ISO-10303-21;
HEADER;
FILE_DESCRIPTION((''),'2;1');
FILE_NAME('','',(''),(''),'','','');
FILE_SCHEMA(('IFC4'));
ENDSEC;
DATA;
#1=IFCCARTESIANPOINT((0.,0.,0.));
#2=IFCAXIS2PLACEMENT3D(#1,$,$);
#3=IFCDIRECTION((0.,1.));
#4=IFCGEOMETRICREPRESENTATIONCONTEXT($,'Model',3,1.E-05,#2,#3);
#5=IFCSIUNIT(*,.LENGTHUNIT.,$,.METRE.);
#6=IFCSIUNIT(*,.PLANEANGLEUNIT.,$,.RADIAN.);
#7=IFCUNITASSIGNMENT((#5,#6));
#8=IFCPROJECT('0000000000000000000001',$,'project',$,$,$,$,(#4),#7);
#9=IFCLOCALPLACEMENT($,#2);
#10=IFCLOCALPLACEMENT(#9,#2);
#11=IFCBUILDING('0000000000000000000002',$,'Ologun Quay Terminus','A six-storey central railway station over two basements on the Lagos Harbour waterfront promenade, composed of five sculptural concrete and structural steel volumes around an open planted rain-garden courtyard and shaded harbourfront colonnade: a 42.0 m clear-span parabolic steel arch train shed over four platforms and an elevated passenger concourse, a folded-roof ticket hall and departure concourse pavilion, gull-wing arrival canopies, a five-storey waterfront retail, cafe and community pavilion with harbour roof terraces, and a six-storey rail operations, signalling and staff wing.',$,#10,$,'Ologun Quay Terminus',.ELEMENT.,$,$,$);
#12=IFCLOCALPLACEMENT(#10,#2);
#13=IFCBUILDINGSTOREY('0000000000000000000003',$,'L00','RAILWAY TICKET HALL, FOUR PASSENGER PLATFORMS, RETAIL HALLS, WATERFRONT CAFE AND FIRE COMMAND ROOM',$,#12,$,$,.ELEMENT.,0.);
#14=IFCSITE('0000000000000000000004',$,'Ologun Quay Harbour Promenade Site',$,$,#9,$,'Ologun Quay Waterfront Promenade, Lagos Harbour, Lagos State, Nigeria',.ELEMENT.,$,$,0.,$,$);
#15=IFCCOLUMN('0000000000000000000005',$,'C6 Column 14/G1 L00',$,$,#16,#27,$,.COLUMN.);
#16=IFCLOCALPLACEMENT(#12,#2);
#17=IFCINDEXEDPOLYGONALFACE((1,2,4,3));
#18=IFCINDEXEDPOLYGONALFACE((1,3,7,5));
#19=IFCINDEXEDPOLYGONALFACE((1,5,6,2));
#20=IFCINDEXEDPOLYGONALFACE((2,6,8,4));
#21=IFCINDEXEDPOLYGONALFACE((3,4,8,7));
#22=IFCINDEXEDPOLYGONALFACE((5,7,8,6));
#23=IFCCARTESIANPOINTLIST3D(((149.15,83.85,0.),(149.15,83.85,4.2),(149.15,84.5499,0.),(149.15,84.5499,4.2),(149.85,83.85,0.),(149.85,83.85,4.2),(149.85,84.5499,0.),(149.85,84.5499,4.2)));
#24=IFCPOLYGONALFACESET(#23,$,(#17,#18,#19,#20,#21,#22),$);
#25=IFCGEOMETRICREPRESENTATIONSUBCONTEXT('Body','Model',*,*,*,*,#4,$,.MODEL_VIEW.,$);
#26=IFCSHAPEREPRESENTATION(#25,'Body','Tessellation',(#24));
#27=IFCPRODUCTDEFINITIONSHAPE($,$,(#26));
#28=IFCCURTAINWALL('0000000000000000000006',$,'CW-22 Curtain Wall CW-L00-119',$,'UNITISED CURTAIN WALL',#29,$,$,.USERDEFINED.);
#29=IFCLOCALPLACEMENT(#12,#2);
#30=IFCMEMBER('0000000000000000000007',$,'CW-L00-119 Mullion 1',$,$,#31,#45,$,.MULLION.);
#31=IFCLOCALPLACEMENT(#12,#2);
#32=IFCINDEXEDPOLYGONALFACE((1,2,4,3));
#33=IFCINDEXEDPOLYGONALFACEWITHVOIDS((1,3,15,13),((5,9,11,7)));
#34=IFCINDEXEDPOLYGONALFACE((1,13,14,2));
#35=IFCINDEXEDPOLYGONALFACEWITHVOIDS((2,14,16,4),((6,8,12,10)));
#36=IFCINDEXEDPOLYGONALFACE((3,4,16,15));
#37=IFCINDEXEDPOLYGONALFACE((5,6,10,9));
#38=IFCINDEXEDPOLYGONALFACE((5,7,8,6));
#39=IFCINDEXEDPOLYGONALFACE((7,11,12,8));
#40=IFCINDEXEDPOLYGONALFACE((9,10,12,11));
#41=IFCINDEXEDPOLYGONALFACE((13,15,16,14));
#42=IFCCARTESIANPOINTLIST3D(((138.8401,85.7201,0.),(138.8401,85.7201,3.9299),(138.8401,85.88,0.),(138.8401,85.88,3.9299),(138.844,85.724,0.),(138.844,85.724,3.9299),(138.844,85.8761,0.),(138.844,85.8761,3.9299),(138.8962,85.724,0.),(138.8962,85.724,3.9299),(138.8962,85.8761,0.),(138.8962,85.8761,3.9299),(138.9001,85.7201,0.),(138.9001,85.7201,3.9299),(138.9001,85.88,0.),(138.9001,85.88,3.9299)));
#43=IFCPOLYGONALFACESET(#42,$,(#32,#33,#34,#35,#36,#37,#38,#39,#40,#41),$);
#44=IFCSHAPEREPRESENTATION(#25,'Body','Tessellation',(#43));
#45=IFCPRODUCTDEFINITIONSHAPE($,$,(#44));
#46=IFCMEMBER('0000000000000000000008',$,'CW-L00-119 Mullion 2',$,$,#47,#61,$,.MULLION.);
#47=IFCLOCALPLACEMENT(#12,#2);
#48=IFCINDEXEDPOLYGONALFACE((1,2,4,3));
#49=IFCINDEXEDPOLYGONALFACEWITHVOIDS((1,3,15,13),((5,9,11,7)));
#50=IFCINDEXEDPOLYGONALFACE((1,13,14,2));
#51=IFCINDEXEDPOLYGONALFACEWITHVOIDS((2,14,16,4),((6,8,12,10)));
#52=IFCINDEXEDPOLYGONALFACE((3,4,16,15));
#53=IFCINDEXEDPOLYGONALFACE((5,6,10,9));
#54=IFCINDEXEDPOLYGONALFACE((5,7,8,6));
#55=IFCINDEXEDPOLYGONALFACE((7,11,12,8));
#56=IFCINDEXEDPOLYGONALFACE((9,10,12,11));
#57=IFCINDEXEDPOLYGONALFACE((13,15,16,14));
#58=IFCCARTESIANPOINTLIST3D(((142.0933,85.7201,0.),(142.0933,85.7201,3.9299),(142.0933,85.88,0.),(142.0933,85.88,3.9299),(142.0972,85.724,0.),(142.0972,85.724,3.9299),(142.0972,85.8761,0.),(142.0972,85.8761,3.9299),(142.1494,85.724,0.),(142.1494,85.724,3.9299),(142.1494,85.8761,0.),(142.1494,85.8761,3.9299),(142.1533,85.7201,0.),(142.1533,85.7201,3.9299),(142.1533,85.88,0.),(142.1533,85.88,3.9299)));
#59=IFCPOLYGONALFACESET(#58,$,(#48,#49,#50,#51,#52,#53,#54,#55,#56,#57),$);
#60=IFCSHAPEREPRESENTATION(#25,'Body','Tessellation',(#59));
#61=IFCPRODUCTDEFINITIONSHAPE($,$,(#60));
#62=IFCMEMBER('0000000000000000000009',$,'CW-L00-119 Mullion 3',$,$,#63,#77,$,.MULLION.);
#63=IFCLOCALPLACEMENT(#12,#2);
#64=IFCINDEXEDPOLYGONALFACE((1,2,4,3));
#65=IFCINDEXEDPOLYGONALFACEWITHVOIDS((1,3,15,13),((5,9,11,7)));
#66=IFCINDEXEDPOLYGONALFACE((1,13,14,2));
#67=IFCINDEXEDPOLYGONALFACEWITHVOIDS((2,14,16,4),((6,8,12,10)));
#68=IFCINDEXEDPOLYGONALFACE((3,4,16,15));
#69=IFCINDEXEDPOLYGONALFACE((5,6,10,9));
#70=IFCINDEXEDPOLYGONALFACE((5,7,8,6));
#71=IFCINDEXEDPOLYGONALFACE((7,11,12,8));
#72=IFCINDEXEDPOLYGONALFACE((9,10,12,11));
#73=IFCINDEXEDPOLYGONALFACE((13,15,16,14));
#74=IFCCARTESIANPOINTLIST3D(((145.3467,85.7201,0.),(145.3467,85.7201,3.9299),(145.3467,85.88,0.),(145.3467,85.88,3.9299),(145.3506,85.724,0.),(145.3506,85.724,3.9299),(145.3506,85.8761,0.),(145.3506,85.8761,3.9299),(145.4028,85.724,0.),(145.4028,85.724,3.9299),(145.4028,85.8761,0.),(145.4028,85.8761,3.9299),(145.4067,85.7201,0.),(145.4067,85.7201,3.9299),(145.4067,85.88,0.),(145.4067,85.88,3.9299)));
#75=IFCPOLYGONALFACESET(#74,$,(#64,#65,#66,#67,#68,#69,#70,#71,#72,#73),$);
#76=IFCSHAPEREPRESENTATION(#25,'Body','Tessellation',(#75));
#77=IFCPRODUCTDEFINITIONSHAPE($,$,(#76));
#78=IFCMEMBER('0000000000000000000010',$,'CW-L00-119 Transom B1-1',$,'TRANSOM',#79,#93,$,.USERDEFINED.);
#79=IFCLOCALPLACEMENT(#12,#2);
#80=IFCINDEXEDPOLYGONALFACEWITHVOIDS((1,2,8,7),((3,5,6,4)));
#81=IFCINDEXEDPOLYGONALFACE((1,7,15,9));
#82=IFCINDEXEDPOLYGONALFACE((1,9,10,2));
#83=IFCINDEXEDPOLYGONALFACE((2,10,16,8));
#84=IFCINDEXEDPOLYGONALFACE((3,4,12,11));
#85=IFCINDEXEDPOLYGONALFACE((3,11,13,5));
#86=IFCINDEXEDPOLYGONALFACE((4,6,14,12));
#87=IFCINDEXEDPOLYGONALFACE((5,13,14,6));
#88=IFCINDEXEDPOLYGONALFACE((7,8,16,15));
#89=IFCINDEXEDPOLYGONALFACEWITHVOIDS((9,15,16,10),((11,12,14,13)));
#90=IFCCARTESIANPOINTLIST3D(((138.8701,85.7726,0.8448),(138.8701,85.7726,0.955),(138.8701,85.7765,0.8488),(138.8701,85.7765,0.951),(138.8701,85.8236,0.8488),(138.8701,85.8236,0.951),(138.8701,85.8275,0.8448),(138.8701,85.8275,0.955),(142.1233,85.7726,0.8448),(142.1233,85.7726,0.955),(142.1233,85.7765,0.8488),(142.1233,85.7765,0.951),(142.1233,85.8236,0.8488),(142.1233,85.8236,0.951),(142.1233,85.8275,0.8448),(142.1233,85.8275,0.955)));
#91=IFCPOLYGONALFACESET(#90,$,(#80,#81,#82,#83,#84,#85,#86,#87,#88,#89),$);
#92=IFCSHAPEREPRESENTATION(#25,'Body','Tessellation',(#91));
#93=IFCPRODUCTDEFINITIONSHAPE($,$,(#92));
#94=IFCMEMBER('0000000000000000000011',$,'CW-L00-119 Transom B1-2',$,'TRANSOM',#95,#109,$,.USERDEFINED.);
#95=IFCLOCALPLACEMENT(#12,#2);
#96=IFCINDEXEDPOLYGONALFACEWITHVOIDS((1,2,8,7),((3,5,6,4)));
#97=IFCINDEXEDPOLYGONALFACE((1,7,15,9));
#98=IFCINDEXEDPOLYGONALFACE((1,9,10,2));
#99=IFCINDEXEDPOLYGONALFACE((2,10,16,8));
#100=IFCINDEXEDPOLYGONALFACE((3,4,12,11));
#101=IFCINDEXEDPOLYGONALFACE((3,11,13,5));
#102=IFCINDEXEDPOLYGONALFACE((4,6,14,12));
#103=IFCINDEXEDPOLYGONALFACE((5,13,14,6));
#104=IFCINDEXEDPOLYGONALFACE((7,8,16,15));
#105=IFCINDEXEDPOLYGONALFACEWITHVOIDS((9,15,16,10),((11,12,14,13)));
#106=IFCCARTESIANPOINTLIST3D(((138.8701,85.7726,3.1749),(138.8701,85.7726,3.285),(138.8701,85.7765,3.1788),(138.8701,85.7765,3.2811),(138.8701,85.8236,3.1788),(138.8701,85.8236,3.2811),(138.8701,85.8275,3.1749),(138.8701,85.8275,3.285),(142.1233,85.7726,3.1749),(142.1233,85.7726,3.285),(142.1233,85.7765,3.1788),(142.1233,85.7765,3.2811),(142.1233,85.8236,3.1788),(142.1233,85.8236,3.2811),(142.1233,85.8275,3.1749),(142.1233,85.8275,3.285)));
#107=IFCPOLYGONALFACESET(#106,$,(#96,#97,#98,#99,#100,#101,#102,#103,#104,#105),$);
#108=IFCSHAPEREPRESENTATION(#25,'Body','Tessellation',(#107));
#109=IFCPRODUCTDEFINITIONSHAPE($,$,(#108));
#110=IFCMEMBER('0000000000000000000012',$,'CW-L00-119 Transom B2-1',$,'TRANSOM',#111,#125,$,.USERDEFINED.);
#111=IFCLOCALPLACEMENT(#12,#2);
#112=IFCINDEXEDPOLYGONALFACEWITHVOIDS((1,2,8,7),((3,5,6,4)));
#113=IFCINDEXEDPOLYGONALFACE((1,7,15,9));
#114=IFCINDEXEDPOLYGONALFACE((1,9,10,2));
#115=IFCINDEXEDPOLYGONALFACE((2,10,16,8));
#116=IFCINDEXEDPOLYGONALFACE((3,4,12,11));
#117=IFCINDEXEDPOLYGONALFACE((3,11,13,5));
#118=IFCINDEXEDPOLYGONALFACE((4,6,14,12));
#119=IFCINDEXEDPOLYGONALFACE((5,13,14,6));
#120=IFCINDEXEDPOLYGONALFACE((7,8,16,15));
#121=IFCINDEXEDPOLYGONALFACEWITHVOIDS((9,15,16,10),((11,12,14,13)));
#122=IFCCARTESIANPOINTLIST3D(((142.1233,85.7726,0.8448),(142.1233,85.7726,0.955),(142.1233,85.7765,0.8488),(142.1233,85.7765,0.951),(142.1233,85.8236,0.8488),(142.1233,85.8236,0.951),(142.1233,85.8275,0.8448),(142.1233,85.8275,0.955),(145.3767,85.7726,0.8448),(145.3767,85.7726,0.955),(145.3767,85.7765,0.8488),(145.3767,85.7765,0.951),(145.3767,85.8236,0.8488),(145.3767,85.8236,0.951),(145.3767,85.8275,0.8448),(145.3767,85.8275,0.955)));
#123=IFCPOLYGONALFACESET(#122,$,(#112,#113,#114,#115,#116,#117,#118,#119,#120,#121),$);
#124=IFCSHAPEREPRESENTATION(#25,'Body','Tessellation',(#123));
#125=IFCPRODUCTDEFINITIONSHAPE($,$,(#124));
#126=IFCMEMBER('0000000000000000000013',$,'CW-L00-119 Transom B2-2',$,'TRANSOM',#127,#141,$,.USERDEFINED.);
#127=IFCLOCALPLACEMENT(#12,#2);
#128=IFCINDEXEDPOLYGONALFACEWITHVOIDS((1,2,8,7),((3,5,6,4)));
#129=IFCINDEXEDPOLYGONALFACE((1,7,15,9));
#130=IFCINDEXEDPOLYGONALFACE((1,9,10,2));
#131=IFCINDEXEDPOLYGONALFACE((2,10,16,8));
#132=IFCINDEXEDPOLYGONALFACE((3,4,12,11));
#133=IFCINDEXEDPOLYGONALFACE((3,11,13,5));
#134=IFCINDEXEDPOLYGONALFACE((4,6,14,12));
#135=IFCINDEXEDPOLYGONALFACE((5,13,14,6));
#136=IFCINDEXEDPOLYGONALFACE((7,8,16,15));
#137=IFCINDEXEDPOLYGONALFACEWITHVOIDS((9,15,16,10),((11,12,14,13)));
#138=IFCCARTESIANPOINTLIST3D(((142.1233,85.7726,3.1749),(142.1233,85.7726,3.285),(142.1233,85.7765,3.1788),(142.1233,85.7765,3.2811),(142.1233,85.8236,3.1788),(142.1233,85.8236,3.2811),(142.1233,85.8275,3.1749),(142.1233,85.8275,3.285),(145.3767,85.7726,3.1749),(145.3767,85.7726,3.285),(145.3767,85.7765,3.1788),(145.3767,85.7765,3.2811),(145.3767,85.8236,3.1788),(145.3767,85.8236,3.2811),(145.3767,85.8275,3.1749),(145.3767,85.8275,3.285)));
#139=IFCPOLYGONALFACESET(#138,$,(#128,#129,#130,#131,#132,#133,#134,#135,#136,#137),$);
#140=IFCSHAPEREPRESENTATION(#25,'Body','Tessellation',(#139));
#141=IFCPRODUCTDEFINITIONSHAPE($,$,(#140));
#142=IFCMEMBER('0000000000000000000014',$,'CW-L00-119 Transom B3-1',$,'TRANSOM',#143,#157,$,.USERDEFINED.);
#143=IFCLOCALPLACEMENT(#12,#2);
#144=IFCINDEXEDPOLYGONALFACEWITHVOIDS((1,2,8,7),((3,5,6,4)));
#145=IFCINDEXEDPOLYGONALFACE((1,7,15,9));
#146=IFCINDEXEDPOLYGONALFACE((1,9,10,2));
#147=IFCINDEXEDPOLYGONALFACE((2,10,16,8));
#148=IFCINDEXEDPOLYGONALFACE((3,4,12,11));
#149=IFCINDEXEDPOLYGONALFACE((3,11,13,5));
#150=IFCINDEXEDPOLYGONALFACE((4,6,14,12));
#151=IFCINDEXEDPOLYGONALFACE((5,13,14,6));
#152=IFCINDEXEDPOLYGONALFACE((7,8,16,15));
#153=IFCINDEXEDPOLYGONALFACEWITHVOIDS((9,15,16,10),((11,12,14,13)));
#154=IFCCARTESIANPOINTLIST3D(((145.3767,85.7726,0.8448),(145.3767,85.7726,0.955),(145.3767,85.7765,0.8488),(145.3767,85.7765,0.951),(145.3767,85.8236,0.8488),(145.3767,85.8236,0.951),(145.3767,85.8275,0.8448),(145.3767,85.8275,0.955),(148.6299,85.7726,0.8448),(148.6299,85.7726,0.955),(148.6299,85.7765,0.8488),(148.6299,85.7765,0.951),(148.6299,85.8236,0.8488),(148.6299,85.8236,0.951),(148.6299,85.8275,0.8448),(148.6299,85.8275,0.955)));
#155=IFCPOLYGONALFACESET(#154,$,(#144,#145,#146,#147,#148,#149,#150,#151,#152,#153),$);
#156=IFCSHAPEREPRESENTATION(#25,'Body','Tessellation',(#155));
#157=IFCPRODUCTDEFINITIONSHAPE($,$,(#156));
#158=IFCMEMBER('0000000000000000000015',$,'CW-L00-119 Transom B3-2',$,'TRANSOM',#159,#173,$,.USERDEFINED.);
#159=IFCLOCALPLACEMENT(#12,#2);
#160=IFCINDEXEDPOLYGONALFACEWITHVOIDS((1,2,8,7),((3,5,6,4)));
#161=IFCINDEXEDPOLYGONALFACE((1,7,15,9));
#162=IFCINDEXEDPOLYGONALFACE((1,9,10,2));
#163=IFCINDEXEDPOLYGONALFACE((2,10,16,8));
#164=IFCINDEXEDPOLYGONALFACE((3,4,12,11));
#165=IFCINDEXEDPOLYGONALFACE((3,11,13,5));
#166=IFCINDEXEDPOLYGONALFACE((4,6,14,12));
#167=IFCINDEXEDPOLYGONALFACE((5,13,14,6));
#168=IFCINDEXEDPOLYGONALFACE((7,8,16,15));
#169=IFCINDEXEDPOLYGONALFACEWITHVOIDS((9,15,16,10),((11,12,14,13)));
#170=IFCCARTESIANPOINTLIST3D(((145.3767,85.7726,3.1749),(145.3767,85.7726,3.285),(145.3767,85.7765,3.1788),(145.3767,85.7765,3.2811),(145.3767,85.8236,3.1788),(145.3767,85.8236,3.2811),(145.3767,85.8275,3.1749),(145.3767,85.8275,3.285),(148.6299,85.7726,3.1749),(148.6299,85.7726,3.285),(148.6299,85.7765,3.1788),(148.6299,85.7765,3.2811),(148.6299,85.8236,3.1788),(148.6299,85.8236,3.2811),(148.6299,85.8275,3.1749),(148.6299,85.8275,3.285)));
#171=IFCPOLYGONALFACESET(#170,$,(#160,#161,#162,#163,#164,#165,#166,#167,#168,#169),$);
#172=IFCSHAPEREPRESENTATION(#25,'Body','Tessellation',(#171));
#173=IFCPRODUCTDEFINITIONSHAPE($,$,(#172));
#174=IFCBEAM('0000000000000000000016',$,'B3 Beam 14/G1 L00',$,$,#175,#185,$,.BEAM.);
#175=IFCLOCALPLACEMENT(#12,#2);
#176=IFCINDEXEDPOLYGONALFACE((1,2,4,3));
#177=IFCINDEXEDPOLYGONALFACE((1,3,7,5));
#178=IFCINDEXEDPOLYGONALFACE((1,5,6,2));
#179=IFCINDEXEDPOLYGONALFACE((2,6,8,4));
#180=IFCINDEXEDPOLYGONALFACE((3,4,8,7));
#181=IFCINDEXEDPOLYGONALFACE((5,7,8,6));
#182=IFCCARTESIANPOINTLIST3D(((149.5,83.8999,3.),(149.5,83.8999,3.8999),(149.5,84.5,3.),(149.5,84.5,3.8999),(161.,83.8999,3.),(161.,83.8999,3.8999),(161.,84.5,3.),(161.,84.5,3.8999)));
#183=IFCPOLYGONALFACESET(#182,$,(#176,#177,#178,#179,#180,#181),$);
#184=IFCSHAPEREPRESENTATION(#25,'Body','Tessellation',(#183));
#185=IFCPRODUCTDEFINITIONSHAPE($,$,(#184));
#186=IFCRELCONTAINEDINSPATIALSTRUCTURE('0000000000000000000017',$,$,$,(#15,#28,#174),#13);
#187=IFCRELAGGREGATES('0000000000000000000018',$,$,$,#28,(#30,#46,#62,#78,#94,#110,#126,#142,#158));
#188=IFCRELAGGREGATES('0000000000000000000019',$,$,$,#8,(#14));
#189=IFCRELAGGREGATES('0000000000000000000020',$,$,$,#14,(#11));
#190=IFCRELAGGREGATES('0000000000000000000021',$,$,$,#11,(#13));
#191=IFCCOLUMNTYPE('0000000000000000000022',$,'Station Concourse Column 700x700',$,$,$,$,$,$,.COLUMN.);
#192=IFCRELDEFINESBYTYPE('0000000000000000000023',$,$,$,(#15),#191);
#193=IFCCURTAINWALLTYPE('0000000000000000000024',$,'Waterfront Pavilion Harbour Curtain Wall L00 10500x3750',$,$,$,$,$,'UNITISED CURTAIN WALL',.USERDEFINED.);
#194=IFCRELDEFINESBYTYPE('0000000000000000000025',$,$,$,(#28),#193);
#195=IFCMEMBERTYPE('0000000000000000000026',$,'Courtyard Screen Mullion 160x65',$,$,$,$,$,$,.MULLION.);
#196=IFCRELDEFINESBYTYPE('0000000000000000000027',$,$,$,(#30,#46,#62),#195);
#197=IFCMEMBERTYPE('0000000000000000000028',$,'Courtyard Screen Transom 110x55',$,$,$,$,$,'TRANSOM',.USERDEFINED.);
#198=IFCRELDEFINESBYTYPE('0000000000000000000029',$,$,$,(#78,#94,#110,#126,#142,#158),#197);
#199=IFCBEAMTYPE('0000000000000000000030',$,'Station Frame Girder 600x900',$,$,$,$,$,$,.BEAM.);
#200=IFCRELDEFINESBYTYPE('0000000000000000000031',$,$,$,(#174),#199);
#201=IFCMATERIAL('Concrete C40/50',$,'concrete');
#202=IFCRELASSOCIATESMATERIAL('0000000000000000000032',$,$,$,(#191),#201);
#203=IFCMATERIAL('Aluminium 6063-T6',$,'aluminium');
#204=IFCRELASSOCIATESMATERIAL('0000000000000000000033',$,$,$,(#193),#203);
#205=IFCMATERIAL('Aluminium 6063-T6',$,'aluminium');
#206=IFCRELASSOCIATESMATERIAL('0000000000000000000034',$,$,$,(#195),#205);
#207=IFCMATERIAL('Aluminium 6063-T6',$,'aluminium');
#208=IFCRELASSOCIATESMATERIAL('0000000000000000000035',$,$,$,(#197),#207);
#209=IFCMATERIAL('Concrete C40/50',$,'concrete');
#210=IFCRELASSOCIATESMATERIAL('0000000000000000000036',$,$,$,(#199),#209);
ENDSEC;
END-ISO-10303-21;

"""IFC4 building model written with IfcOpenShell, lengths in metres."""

from ifc_helpers import new_model, si_unit, direction, frame, origin, origin_2d, place, context, subcontext, project, spatial, rectangle, hollow_rectangle, extrude, material, material_profile, profile_set, type_object, element, aggregate, save


model = new_model("IFC4")

# Units and contexts
model_context = context("Model", 3, precision=1e-05, world=origin(), true_north=direction((0.0, 1.0)))
body_context = subcontext(model_context, "Body", "Model", "MODEL_VIEW")
ifc_project = project(units=[si_unit("LENGTHUNIT", "METRE"), si_unit("PLANEANGLEUNIT", "RADIAN")], contexts=[model_context])

# Site, building, storey
site_placement = place(None, origin())
site = spatial("IfcSite", under=ifc_project, at=site_placement, Name="Ologun Quay Harbour Promenade Site", LongName="Ologun Quay Waterfront Promenade, Lagos Harbour, Lagos State, Nigeria", CompositionType="ELEMENT", RefElevation=0.0)
building_placement = place(site_placement, origin())
building = spatial("IfcBuilding", under=site, at=building_placement, Name="Ologun Quay Terminus", Description="A six-storey central railway station over two basements on the Lagos Harbour waterfront promenade, composed of five sculptural concrete and structural steel volumes around an open planted rain-garden courtyard and shaded harbourfront colonnade: a 42.0 m clear-span parabolic steel arch train shed over four platforms and an elevated passenger concourse, a folded-roof ticket hall and departure concourse pavilion, gull-wing arrival canopies, a five-storey waterfront retail, cafe and community pavilion with harbour roof terraces, and a six-storey rail operations, signalling and staff wing.", LongName="Ologun Quay Terminus", CompositionType="ELEMENT")
storey_placement = place(building_placement, origin())
storey = spatial("IfcBuildingStorey", under=building, at=storey_placement, Name="L00", Description="RAILWAY TICKET HALL, FOUR PASSENGER PLATFORMS, RETAIL HALLS, WATERFRONT CAFE AND FIRE COMMAND ROOM", CompositionType="ELEMENT", Elevation=0.0)

# Column
ifc_material_1 = material(Name="Concrete C40/50", Category="concrete")
ifc_material_profile_1 = material_profile(ifc_material_1, rectangle(XDim=0.7, YDim=0.7, at=origin_2d()), Name="RC 700x700")
ifc_profile_set_1 = profile_set([ifc_material_profile_1], Name="Concrete C40/50")
column_type = type_object("IfcColumnType", Name="Station Concourse Column 700x700", PredefinedType="COLUMN", material=ifc_profile_set_1)
column_placement = place(storey_placement, frame((149.5, 84.2, 0.0), z_axis=(0.0, 0.0, 1.0), x_axis=(1.0, 0.0, 0.0)))
element("IfcColumn", 1, at=column_placement, inside=storey, type_object=column_type, Name="C6 Column 14/G1 L00", PredefinedType="COLUMN", context=body_context, shape_type="SweptSolid", body=[
    extrude(rectangle(XDim=0.7, YDim=0.7, at=origin_2d()), origin(), (0.0, 0.0, 1.0), 4.2),
])

# Curtain wall, members
ifc_material_2 = material(Name="Aluminium 6063-T6", Category="aluminium")
curtain_wall_type = type_object("IfcCurtainWallType", Name="Waterfront Pavilion Harbour Curtain Wall L00 10500x3750", ElementType="UNITISED CURTAIN WALL", PredefinedType="USERDEFINED", material=ifc_material_2)
curtain_wall_placement = place(storey_placement, origin())
curtain_wall = element("IfcCurtainWall", 2, at=curtain_wall_placement, inside=storey, type_object=curtain_wall_type, Name="CW-22 Curtain Wall CW-L00-119", ObjectType="UNITISED CURTAIN WALL", PredefinedType="USERDEFINED")
ifc_material_3 = material(Name="Aluminium 6063-T6", Category="aluminium")
ifc_material_profile_2 = material_profile(ifc_material_3, hollow_rectangle(XDim=0.0601, YDim=0.1599, WallThickness=0.0039, at=origin_2d()), Name="ALU 160x60x4")
ifc_profile_set_2 = profile_set([ifc_material_profile_2], Name="Aluminium 6063-T6")
member_type_1 = type_object("IfcMemberType", Name="Courtyard Screen Mullion 160x65", PredefinedType="MULLION", material=ifc_profile_set_2)
member_1_placement = place(storey_placement, frame((138.8701, 85.8, 0.0), z_axis=(0.0, 0.0, 1.0), x_axis=(1.0, 0.0, 0.0)))
member_1 = element("IfcMember", 3, at=member_1_placement, type_object=member_type_1, Name="CW-L00-119 Mullion 1", PredefinedType="MULLION", context=body_context, shape_type="SweptSolid", body=[
    extrude(hollow_rectangle(XDim=0.0601, YDim=0.1599, WallThickness=0.0039, at=origin_2d()), origin(), (0.0, 0.0, 1.0), 3.9299),
])
member_2_placement = place(storey_placement, frame((142.1233, 85.8, 0.0), z_axis=(0.0, 0.0, 1.0), x_axis=(1.0, 0.0, 0.0)))
member_2 = element("IfcMember", 4, at=member_2_placement, type_object=member_type_1, Name="CW-L00-119 Mullion 2", PredefinedType="MULLION", context=body_context, shape_type="SweptSolid", body=[
    extrude(hollow_rectangle(XDim=0.0601, YDim=0.1599, WallThickness=0.0039, at=origin_2d()), origin(), (0.0, 0.0, 1.0), 3.9299),
])
member_3_placement = place(storey_placement, frame((145.3767, 85.8, 0.0), z_axis=(0.0, 0.0, 1.0), x_axis=(1.0, 0.0, 0.0)))
member_3 = element("IfcMember", 5, at=member_3_placement, type_object=member_type_1, Name="CW-L00-119 Mullion 3", PredefinedType="MULLION", context=body_context, shape_type="SweptSolid", body=[
    extrude(hollow_rectangle(XDim=0.0601, YDim=0.1599, WallThickness=0.0039, at=origin_2d()), origin(), (0.0, 0.0, 1.0), 3.9299),
])
ifc_material_4 = material(Name="Aluminium 6063-T6", Category="aluminium")
ifc_material_profile_3 = material_profile(ifc_material_4, hollow_rectangle(XDim=0.0549, YDim=0.1101, WallThickness=0.0039, at=origin_2d()), Name="ALU 110x55x4")
ifc_profile_set_3 = profile_set([ifc_material_profile_3], Name="Aluminium 6063-T6")
member_type_2 = type_object("IfcMemberType", Name="Courtyard Screen Transom 110x55", ElementType="TRANSOM", PredefinedType="USERDEFINED", material=ifc_profile_set_3)
member_4_placement = place(storey_placement, frame((138.8701, 85.8, 0.8999), z_axis=(1.0, 0.0, 0.0), x_axis=(0.0, 1.0, 0.0)))
member_4 = element("IfcMember", 6, at=member_4_placement, type_object=member_type_2, Name="CW-L00-119 Transom B1-1", ObjectType="TRANSOM", PredefinedType="USERDEFINED", context=body_context, shape_type="SweptSolid", body=[
    extrude(hollow_rectangle(XDim=0.0549, YDim=0.1101, WallThickness=0.0039, at=origin_2d()), origin(), (0.0, 0.0, 1.0), 3.2532),
])
member_5_placement = place(storey_placement, frame((138.8701, 85.8, 3.23), z_axis=(1.0, 0.0, 0.0), x_axis=(0.0, 1.0, 0.0)))
member_5 = element("IfcMember", 7, at=member_5_placement, type_object=member_type_2, Name="CW-L00-119 Transom B1-2", ObjectType="TRANSOM", PredefinedType="USERDEFINED", context=body_context, shape_type="SweptSolid", body=[
    extrude(hollow_rectangle(XDim=0.0549, YDim=0.1101, WallThickness=0.0039, at=origin_2d()), origin(), (0.0, 0.0, 1.0), 3.2532),
])
member_6_placement = place(storey_placement, frame((142.1233, 85.8, 0.8999), z_axis=(1.0, 0.0, 0.0), x_axis=(0.0, 1.0, 0.0)))
member_6 = element("IfcMember", 8, at=member_6_placement, type_object=member_type_2, Name="CW-L00-119 Transom B2-1", ObjectType="TRANSOM", PredefinedType="USERDEFINED", context=body_context, shape_type="SweptSolid", body=[
    extrude(hollow_rectangle(XDim=0.0549, YDim=0.1101, WallThickness=0.0039, at=origin_2d()), origin(), (0.0, 0.0, 1.0), 3.2534),
])
member_7_placement = place(storey_placement, frame((142.1233, 85.8, 3.23), z_axis=(1.0, 0.0, 0.0), x_axis=(0.0, 1.0, 0.0)))
member_7 = element("IfcMember", 9, at=member_7_placement, type_object=member_type_2, Name="CW-L00-119 Transom B2-2", ObjectType="TRANSOM", PredefinedType="USERDEFINED", context=body_context, shape_type="SweptSolid", body=[
    extrude(hollow_rectangle(XDim=0.0549, YDim=0.1101, WallThickness=0.0039, at=origin_2d()), origin(), (0.0, 0.0, 1.0), 3.2534),
])
member_8_placement = place(storey_placement, frame((145.3767, 85.8, 0.8999), z_axis=(1.0, 0.0, 0.0), x_axis=(0.0, 1.0, 0.0)))
member_8 = element("IfcMember", 10, at=member_8_placement, type_object=member_type_2, Name="CW-L00-119 Transom B3-1", ObjectType="TRANSOM", PredefinedType="USERDEFINED", context=body_context, shape_type="SweptSolid", body=[
    extrude(hollow_rectangle(XDim=0.0549, YDim=0.1101, WallThickness=0.0039, at=origin_2d()), origin(), (0.0, 0.0, 1.0), 3.2532),
])
member_9_placement = place(storey_placement, frame((145.3767, 85.8, 3.23), z_axis=(1.0, 0.0, 0.0), x_axis=(0.0, 1.0, 0.0)))
member_9 = element("IfcMember", 11, at=member_9_placement, type_object=member_type_2, Name="CW-L00-119 Transom B3-2", ObjectType="TRANSOM", PredefinedType="USERDEFINED", context=body_context, shape_type="SweptSolid", body=[
    extrude(hollow_rectangle(XDim=0.0549, YDim=0.1101, WallThickness=0.0039, at=origin_2d()), origin(), (0.0, 0.0, 1.0), 3.2532),
])

# Beam
ifc_material_5 = material(Name="Concrete C40/50", Category="concrete")
ifc_material_profile_4 = material_profile(ifc_material_5, rectangle(XDim=0.6001, YDim=0.8999, at=origin_2d()), Name="RC 600x900")
ifc_profile_set_4 = profile_set([ifc_material_profile_4], Name="Concrete C40/50")
beam_type = type_object("IfcBeamType", Name="Station Frame Girder 600x900", PredefinedType="BEAM", material=ifc_profile_set_4)
beam_placement = place(storey_placement, frame((149.5, 84.2, 3.45), z_axis=(1.0, 0.0, 0.0), x_axis=(0.0, 1.0, 0.0)))
element("IfcBeam", 12, at=beam_placement, inside=storey, type_object=beam_type, Name="B3 Beam 14/G1 L00", PredefinedType="BEAM", context=body_context, shape_type="SweptSolid", body=[
    extrude(rectangle(XDim=0.6001, YDim=0.8999, at=origin_2d()), origin(), (0.0, 0.0, 1.0), 11.5),
])

aggregate(curtain_wall, [member_1, member_2, member_3, member_4, member_5, member_6, member_7, member_8, member_9])

save(model, "model.ifc")
